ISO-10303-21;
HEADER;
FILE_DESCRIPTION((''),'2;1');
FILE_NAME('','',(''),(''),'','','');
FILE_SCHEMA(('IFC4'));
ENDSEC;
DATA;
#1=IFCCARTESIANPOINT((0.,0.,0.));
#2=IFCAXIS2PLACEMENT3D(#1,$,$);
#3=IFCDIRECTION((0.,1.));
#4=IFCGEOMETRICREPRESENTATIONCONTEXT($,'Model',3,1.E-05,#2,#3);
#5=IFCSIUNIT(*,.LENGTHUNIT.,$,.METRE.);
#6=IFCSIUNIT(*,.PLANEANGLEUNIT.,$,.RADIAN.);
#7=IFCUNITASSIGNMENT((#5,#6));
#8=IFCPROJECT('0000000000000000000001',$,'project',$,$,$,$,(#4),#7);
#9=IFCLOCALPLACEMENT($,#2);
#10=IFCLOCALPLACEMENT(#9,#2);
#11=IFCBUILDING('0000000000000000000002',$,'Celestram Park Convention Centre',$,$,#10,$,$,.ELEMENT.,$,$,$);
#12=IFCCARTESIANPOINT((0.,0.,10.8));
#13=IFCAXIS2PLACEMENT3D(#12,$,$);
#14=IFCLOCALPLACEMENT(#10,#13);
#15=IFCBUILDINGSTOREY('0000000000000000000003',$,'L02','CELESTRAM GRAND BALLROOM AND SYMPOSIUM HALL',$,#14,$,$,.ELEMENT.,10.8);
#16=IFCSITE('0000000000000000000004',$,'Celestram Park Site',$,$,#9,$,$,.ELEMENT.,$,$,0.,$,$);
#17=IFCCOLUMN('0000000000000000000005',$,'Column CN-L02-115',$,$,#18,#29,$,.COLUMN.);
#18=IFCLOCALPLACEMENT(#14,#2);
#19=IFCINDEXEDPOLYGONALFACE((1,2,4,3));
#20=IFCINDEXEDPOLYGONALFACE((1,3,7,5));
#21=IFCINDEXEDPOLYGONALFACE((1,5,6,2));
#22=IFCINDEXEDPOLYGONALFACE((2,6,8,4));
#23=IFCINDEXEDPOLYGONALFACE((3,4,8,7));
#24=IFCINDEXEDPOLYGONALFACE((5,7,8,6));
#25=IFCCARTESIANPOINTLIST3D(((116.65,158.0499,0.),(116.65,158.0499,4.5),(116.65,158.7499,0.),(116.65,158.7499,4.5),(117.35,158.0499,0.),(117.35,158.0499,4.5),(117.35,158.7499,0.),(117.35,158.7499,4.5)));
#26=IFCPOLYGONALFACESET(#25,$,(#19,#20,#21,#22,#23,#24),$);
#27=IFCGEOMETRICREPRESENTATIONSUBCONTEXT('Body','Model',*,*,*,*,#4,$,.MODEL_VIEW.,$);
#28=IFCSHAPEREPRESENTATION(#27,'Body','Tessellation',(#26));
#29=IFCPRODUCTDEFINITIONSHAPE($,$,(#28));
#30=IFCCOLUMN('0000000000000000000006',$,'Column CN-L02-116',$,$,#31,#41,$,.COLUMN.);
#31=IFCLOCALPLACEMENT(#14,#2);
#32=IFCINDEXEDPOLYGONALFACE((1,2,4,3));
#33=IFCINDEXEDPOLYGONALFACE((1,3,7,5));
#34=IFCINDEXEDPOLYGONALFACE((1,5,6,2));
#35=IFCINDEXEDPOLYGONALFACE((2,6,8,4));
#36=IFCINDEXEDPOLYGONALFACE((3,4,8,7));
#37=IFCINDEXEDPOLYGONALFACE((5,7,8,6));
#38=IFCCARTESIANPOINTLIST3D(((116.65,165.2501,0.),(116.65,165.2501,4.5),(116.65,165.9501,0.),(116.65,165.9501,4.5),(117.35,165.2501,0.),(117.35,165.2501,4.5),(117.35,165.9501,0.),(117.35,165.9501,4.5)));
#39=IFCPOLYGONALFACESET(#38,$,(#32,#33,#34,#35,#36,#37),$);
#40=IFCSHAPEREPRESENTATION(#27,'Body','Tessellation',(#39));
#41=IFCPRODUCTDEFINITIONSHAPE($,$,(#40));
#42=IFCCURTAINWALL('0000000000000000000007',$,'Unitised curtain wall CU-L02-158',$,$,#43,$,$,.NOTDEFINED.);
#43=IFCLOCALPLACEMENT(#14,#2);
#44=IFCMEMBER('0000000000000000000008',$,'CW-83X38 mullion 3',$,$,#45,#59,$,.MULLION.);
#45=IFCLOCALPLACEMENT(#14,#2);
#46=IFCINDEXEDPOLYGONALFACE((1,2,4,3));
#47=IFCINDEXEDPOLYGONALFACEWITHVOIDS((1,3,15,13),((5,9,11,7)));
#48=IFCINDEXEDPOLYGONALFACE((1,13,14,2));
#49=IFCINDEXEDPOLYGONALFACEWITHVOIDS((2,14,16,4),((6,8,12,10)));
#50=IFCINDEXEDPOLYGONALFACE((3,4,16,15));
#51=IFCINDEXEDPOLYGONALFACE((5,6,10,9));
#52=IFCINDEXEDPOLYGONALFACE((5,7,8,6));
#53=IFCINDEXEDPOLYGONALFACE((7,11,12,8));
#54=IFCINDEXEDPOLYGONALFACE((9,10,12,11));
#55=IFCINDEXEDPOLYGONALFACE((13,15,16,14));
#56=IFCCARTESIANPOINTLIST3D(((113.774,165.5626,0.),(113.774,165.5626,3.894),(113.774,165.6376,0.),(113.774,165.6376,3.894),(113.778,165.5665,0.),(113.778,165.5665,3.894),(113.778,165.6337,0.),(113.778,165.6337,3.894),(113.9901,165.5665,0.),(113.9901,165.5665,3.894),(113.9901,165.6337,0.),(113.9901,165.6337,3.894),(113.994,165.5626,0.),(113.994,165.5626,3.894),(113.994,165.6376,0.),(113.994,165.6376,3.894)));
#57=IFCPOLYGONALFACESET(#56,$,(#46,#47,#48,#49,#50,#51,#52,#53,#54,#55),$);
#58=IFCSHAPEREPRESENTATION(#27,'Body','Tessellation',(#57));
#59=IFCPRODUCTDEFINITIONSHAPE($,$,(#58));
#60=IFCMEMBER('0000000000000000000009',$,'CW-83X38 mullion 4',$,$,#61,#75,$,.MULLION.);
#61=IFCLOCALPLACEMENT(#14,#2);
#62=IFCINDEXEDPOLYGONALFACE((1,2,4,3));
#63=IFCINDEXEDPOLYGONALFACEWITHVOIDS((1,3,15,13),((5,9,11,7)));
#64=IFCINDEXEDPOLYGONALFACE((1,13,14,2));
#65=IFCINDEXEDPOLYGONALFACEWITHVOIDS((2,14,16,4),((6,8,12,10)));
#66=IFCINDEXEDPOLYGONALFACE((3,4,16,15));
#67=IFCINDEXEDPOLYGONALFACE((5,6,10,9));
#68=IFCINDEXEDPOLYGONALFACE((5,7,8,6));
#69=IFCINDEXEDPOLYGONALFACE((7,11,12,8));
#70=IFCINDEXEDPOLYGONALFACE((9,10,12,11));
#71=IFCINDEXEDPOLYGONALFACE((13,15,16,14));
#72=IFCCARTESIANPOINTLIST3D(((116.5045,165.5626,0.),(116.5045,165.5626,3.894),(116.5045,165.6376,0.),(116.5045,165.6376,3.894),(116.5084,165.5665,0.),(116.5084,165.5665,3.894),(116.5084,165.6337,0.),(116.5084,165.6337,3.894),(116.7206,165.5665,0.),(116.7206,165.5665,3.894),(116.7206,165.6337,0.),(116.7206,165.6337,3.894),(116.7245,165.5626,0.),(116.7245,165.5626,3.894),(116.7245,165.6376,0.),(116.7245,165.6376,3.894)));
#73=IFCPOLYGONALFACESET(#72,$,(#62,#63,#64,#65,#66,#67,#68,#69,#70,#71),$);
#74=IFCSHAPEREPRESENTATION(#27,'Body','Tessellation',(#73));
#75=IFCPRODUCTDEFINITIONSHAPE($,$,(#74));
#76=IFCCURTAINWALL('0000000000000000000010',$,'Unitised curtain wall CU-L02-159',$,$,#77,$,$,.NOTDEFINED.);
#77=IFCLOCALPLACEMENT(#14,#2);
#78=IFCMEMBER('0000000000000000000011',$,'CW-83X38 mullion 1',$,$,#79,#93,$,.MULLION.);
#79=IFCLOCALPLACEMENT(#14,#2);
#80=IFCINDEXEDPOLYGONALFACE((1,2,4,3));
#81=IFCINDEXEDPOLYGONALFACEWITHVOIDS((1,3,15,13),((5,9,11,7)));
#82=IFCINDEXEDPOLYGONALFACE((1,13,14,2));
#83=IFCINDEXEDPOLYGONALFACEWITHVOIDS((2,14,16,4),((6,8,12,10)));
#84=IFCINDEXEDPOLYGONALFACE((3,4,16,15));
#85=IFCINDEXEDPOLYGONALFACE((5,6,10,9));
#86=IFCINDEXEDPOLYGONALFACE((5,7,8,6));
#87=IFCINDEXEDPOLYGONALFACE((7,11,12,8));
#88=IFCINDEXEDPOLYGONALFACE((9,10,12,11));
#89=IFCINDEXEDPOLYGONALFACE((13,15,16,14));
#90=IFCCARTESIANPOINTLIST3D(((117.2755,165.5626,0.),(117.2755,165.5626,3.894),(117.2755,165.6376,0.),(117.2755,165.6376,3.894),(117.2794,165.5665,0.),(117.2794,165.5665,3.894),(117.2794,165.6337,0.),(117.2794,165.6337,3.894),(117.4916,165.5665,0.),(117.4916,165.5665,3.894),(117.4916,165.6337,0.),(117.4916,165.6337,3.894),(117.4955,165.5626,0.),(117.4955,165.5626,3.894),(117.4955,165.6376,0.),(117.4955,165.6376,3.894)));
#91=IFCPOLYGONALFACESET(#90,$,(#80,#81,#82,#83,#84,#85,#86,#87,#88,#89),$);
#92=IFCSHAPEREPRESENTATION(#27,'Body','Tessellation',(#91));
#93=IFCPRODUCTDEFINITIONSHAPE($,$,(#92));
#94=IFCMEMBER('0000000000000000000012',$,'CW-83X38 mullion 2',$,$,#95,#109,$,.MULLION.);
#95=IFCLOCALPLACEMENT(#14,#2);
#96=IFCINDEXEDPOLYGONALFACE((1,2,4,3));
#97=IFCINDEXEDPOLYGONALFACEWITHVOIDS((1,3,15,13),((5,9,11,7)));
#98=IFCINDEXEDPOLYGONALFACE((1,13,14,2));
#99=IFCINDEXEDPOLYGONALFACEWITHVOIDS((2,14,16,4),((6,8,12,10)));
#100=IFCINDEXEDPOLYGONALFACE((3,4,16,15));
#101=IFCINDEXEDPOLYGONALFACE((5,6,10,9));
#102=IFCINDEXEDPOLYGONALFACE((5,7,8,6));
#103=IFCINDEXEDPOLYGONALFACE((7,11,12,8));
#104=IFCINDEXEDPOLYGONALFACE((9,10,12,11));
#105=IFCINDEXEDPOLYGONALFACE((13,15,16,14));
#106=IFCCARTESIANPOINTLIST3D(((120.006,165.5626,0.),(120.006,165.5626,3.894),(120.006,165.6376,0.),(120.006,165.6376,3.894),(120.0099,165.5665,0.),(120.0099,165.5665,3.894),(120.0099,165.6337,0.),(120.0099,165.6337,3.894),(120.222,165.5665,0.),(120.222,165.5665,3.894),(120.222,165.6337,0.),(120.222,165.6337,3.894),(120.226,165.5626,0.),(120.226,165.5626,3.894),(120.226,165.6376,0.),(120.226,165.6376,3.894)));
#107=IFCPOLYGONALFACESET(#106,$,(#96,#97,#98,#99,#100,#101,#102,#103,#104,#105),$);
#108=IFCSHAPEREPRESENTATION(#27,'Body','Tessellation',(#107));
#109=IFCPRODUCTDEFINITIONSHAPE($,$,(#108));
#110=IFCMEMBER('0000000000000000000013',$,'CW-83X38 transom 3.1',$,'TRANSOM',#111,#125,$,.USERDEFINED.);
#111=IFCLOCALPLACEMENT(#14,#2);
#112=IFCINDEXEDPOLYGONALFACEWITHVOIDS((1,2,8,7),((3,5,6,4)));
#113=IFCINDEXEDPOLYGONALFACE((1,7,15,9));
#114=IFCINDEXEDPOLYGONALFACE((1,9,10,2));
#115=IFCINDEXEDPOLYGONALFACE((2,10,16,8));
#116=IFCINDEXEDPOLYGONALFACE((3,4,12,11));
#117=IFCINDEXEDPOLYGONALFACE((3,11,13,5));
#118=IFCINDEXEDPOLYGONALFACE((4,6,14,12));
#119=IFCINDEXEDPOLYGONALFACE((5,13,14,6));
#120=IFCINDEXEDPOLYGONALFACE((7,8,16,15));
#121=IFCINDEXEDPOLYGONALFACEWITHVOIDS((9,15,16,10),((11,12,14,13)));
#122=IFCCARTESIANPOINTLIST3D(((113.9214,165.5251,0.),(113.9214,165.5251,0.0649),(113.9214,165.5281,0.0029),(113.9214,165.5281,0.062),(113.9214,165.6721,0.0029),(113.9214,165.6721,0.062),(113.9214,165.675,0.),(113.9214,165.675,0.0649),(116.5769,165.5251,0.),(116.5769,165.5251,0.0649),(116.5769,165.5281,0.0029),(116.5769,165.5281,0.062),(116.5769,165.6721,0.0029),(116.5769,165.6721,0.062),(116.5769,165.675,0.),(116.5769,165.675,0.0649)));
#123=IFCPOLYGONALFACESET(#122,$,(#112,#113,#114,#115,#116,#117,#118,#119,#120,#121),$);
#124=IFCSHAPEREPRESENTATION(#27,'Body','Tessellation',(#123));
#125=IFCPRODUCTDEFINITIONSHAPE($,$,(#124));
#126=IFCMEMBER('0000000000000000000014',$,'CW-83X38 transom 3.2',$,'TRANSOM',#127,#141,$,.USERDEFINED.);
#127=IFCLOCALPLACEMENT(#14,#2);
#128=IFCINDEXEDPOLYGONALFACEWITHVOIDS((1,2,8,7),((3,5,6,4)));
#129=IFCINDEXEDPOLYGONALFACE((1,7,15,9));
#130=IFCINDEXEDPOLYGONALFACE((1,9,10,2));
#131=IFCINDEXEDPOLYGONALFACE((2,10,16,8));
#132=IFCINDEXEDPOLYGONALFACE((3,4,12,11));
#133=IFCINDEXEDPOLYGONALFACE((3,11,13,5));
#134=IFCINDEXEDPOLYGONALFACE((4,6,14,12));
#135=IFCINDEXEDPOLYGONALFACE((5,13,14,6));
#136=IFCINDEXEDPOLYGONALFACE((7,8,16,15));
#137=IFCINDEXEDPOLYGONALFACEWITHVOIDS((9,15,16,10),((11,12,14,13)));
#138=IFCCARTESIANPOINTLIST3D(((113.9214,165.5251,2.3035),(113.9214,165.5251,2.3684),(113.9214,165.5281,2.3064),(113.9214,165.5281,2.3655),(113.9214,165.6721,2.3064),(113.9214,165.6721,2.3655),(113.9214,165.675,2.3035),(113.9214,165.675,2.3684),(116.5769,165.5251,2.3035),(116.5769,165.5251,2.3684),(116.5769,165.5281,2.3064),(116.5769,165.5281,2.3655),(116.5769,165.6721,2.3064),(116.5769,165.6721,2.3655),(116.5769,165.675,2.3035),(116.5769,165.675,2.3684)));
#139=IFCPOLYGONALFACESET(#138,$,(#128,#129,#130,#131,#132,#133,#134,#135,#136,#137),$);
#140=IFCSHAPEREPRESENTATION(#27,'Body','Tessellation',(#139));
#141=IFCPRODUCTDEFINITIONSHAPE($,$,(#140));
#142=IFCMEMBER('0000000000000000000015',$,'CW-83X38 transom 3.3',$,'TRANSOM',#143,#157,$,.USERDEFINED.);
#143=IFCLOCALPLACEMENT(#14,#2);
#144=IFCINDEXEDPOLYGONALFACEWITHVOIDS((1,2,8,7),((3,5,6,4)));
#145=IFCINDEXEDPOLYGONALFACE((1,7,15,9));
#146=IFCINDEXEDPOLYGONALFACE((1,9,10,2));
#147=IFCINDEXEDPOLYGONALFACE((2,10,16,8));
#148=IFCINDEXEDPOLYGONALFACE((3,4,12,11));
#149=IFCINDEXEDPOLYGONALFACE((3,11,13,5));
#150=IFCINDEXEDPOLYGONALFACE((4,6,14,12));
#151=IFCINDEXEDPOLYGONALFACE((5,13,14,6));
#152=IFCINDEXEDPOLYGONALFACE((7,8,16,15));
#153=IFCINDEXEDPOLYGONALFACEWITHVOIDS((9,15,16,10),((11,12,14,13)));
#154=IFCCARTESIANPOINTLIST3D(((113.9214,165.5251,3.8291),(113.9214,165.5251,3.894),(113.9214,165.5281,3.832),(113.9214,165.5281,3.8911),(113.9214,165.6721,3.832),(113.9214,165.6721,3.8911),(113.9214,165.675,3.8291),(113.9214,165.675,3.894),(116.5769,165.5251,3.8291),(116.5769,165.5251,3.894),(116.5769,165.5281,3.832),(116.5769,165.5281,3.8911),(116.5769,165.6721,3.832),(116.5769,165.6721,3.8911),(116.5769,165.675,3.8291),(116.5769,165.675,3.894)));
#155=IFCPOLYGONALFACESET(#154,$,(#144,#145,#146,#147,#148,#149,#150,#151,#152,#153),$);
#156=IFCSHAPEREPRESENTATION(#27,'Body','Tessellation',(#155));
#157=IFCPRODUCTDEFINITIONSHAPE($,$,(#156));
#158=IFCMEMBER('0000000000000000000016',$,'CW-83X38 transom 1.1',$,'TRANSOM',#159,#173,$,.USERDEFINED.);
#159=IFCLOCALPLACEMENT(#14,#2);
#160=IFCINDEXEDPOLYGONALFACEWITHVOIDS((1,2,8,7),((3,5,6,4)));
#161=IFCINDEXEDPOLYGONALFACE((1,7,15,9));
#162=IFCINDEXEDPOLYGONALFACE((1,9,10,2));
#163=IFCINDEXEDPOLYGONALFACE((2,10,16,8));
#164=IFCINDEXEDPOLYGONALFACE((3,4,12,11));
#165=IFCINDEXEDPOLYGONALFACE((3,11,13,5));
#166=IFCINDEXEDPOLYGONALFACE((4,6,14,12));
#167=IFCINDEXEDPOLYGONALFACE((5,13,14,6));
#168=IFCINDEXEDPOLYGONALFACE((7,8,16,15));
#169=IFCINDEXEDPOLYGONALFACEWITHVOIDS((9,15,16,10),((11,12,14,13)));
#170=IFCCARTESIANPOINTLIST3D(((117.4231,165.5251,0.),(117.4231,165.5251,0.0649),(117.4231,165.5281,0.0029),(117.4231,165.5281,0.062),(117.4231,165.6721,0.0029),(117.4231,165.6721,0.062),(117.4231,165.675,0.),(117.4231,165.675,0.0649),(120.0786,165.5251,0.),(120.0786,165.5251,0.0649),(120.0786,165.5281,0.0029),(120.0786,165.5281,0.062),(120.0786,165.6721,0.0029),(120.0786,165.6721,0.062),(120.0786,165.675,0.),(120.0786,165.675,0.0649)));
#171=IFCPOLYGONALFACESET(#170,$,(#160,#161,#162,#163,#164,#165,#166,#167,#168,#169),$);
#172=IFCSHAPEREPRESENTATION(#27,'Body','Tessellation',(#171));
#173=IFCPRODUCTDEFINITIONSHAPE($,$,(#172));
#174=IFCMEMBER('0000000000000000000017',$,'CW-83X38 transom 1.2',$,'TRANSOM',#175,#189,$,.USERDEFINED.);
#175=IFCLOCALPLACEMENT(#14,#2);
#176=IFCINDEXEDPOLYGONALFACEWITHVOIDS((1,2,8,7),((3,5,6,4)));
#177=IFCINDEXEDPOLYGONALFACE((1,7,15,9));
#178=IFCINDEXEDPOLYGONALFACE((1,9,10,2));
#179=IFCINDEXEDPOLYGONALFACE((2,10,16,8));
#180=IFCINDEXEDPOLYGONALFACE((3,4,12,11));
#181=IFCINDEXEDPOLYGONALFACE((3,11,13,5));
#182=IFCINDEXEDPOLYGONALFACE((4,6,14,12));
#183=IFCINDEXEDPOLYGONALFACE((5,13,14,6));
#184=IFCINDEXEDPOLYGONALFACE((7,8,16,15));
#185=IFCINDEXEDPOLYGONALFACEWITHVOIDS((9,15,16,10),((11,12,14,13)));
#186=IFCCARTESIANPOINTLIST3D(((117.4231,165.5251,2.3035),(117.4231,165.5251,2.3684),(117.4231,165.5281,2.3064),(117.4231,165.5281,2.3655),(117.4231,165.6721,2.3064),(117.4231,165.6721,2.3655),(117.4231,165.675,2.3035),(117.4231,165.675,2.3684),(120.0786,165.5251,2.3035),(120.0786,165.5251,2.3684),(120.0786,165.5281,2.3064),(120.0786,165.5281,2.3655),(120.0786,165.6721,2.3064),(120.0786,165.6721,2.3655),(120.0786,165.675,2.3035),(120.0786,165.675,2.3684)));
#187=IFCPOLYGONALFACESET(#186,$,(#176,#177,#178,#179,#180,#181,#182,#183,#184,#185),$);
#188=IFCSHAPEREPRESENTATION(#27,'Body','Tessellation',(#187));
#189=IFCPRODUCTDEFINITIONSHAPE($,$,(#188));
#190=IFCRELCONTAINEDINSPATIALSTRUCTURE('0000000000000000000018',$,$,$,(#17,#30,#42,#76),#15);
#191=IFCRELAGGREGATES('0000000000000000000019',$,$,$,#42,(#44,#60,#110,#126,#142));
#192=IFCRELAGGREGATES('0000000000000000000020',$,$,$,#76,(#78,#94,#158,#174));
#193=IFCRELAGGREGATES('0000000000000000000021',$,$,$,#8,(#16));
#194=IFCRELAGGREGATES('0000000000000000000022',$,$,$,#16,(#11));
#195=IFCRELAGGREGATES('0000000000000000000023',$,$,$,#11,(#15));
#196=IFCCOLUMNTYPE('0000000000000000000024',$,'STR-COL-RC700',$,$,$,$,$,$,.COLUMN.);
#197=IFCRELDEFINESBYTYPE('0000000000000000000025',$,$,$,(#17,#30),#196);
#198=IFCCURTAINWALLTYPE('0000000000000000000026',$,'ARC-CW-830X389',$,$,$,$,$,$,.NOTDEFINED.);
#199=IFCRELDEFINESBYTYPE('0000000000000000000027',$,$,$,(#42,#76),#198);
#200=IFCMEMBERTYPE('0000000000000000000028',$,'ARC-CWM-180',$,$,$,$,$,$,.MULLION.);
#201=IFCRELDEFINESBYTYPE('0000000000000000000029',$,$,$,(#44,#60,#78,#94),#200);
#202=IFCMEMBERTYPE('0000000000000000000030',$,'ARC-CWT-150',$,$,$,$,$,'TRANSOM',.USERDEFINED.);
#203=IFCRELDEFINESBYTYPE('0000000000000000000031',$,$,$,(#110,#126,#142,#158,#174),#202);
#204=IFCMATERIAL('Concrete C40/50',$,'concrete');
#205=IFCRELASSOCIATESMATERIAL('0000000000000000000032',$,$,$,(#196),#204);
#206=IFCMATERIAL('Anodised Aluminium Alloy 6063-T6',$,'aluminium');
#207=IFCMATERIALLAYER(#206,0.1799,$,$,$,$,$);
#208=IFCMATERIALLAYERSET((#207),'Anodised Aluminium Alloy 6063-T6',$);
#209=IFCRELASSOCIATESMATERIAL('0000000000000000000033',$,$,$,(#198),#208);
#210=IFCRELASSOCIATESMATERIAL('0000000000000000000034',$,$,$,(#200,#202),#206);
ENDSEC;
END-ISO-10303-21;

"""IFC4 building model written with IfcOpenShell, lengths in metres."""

from ifc_helpers import new_model, si_unit, direction, frame, origin, origin_2d, place, context, subcontext, project, spatial, rectangle, hollow_rectangle, extrude, material, layer, layer_set, material_profile, profile_set, type_object, element, aggregate, save


model = new_model("IFC4")

# Units and contexts
model_context = context("Model", 3, precision=1e-05, world=origin(), true_north=direction((0.0, 1.0)))
body_context = subcontext(model_context, "Body", "Model", "MODEL_VIEW")
ifc_project = project(units=[si_unit("LENGTHUNIT", "METRE"), si_unit("PLANEANGLEUNIT", "RADIAN")], contexts=[model_context])

# Site, building, storey
site_placement = place(None, origin())
site = spatial("IfcSite", under=ifc_project, at=site_placement, Name="Celestram Park Site", CompositionType="ELEMENT", RefElevation=0.0)
building_placement = place(site_placement, origin())
building = spatial("IfcBuilding", under=site, at=building_placement, Name="Celestram Park Convention Centre", CompositionType="ELEMENT")
storey_placement = place(building_placement, frame((0.0, 0.0, 10.8)))
storey = spatial("IfcBuildingStorey", under=building, at=storey_placement, Name="L02", Description="CELESTRAM GRAND BALLROOM AND SYMPOSIUM HALL", CompositionType="ELEMENT", Elevation=10.8)

# Columns
ifc_material_1 = material(Name="Concrete C40/50", Category="concrete")
ifc_material_profile_1 = material_profile(ifc_material_1, rectangle(XDim=0.7, YDim=0.7, at=origin_2d()), Name="RC700X700")
ifc_profile_set_1 = profile_set([ifc_material_profile_1], Name="Concrete C40/50")
column_type = type_object("IfcColumnType", Name="STR-COL-RC700", PredefinedType="COLUMN", material=ifc_profile_set_1)
for number, where, z_axis, x_axis, name in (
    (1, (117.0, 158.3999, 0.0), (0.0, 0.0, 1.0), (1.0, 0.0, 0.0), "Column CN-L02-115"),
    (2, (117.0, 165.6001, 0.0), (0.0, 0.0, 1.0), (1.0, 0.0, 0.0), "Column CN-L02-116"),
):
    element("IfcColumn", number, at=place(storey_placement, frame(where, z_axis=z_axis, x_axis=x_axis)), inside=storey, type_object=column_type, Name=name, PredefinedType="COLUMN", context=body_context, shape_type="SweptSolid", body=[
        extrude(rectangle(XDim=0.7, YDim=0.7, at=origin_2d()), origin(), (0.0, 0.0, 1.0), 4.5),
    ])

# Curtain walls, members
ifc_material_2 = material(Name="Anodised Aluminium Alloy 6063-T6", Category="aluminium")
ifc_layer_1 = layer(ifc_material_2, 0.1799)
ifc_layer_set_1 = layer_set([ifc_layer_1], Name="Anodised Aluminium Alloy 6063-T6")
curtain_wall_type = type_object("IfcCurtainWallType", Name="ARC-CW-830X389", PredefinedType="NOTDEFINED", material=ifc_layer_set_1)
curtain_wall_1_placement = place(storey_placement, origin())
curtain_wall_1 = element("IfcCurtainWall", 3, at=curtain_wall_1_placement, inside=storey, type_object=curtain_wall_type, Name="Unitised curtain wall CU-L02-158", PredefinedType="NOTDEFINED")
ifc_material_profile_2 = material_profile(ifc_material_2, hollow_rectangle(XDim=0.075, YDim=0.22, WallThickness=0.0039, at=origin_2d()), Name="ALU75X220X4")
ifc_profile_set_2 = profile_set([ifc_material_profile_2], Name="Anodised Aluminium Alloy 6063-T6")
member_type_1 = type_object("IfcMemberType", Name="ARC-CWM-180", PredefinedType="MULLION", material=ifc_profile_set_2)
member_1_placement = place(storey_placement, frame((113.884, 165.6001, 0.0), z_axis=(0.0, 0.0, 1.0), x_axis=(0.0, 1.0, 0.0)))
member_1 = element("IfcMember", 4, at=member_1_placement, type_object=member_type_1, Name="CW-83X38 mullion 3", PredefinedType="MULLION", context=body_context, shape_type="SweptSolid", body=[
    extrude(hollow_rectangle(XDim=0.075, YDim=0.22, WallThickness=0.0039, at=origin_2d()), origin(), (0.0, 0.0, 1.0), 3.894),
])
member_2_placement = place(storey_placement, frame((116.6145, 165.6001, 0.0), z_axis=(0.0, 0.0, 1.0), x_axis=(0.0, 1.0, 0.0)))
member_2 = element("IfcMember", 5, at=member_2_placement, type_object=member_type_1, Name="CW-83X38 mullion 4", PredefinedType="MULLION", context=body_context, shape_type="SweptSolid", body=[
    extrude(hollow_rectangle(XDim=0.075, YDim=0.22, WallThickness=0.0039, at=origin_2d()), origin(), (0.0, 0.0, 1.0), 3.894),
])
curtain_wall_2_placement = place(storey_placement, origin())
curtain_wall_2 = element("IfcCurtainWall", 6, at=curtain_wall_2_placement, inside=storey, type_object=curtain_wall_type, Name="Unitised curtain wall CU-L02-159", PredefinedType="NOTDEFINED")
member_3_placement = place(storey_placement, frame((117.3855, 165.6001, 0.0), z_axis=(0.0, 0.0, 1.0), x_axis=(0.0, 1.0, 0.0)))
member_3 = element("IfcMember", 7, at=member_3_placement, type_object=member_type_1, Name="CW-83X38 mullion 1", PredefinedType="MULLION", context=body_context, shape_type="SweptSolid", body=[
    extrude(hollow_rectangle(XDim=0.075, YDim=0.22, WallThickness=0.0039, at=origin_2d()), origin(), (0.0, 0.0, 1.0), 3.894),
])
member_4_placement = place(storey_placement, frame((120.116, 165.6001, 0.0), z_axis=(0.0, 0.0, 1.0), x_axis=(0.0, 1.0, 0.0)))
member_4 = element("IfcMember", 8, at=member_4_placement, type_object=member_type_1, Name="CW-83X38 mullion 2", PredefinedType="MULLION", context=body_context, shape_type="SweptSolid", body=[
    extrude(hollow_rectangle(XDim=0.075, YDim=0.22, WallThickness=0.0039, at=origin_2d()), origin(), (0.0, 0.0, 1.0), 3.894),
])

# Members
ifc_material_profile_3 = material_profile(ifc_material_2, hollow_rectangle(XDim=0.1499, YDim=0.0649, WallThickness=0.0029, at=origin_2d()), Name="ALU150X65X3")
ifc_profile_set_3 = profile_set([ifc_material_profile_3], Name="Anodised Aluminium Alloy 6063-T6")
member_type_2 = type_object("IfcMemberType", Name="ARC-CWT-150", ElementType="TRANSOM", PredefinedType="USERDEFINED", material=ifc_profile_set_3)
member_5_placement = place(storey_placement, frame((113.9214, 165.6001, 0.0325), z_axis=(1.0, 0.0, 0.0), x_axis=(0.0, 1.0, 0.0)))
member_5 = element("IfcMember", 9, at=member_5_placement, type_object=member_type_2, Name="CW-83X38 transom 3.1", ObjectType="TRANSOM", PredefinedType="USERDEFINED", context=body_context, shape_type="SweptSolid", body=[
    extrude(hollow_rectangle(XDim=0.1499, YDim=0.0649, WallThickness=0.0029, at=origin_2d()), origin(), (0.0, 0.0, 1.0), 2.6555),
])
member_6_placement = place(storey_placement, frame((113.9214, 165.6001, 2.3359), z_axis=(1.0, 0.0, 0.0), x_axis=(0.0, 1.0, 0.0)))
member_6 = element("IfcMember", 10, at=member_6_placement, type_object=member_type_2, Name="CW-83X38 transom 3.2", ObjectType="TRANSOM", PredefinedType="USERDEFINED", context=body_context, shape_type="SweptSolid", body=[
    extrude(hollow_rectangle(XDim=0.1499, YDim=0.0649, WallThickness=0.0029, at=origin_2d()), origin(), (0.0, 0.0, 1.0), 2.6555),
])
member_7_placement = place(storey_placement, frame((113.9214, 165.6001, 3.8616), z_axis=(1.0, 0.0, 0.0), x_axis=(0.0, 1.0, 0.0)))
member_7 = element("IfcMember", 11, at=member_7_placement, type_object=member_type_2, Name="CW-83X38 transom 3.3", ObjectType="TRANSOM", PredefinedType="USERDEFINED", context=body_context, shape_type="SweptSolid", body=[
    extrude(hollow_rectangle(XDim=0.1499, YDim=0.0649, WallThickness=0.0029, at=origin_2d()), origin(), (0.0, 0.0, 1.0), 2.6555),
])
member_8_placement = place(storey_placement, frame((117.4231, 165.6001, 0.0325), z_axis=(1.0, 0.0, 0.0), x_axis=(0.0, 1.0, 0.0)))
member_8 = element("IfcMember", 12, at=member_8_placement, type_object=member_type_2, Name="CW-83X38 transom 1.1", ObjectType="TRANSOM", PredefinedType="USERDEFINED", context=body_context, shape_type="SweptSolid", body=[
    extrude(hollow_rectangle(XDim=0.1499, YDim=0.0649, WallThickness=0.0029, at=origin_2d()), origin(), (0.0, 0.0, 1.0), 2.6555),
])
member_9_placement = place(storey_placement, frame((117.4231, 165.6001, 2.3359), z_axis=(1.0, 0.0, 0.0), x_axis=(0.0, 1.0, 0.0)))
member_9 = element("IfcMember", 13, at=member_9_placement, type_object=member_type_2, Name="CW-83X38 transom 1.2", ObjectType="TRANSOM", PredefinedType="USERDEFINED", context=body_context, shape_type="SweptSolid", body=[
    extrude(hollow_rectangle(XDim=0.1499, YDim=0.0649, WallThickness=0.0029, at=origin_2d()), origin(), (0.0, 0.0, 1.0), 2.6555),
])

aggregate(curtain_wall_1, [member_1, member_2, member_5, member_6, member_7])
aggregate(curtain_wall_2, [member_3, member_4, member_8, member_9])

save(model, "model.ifc")
